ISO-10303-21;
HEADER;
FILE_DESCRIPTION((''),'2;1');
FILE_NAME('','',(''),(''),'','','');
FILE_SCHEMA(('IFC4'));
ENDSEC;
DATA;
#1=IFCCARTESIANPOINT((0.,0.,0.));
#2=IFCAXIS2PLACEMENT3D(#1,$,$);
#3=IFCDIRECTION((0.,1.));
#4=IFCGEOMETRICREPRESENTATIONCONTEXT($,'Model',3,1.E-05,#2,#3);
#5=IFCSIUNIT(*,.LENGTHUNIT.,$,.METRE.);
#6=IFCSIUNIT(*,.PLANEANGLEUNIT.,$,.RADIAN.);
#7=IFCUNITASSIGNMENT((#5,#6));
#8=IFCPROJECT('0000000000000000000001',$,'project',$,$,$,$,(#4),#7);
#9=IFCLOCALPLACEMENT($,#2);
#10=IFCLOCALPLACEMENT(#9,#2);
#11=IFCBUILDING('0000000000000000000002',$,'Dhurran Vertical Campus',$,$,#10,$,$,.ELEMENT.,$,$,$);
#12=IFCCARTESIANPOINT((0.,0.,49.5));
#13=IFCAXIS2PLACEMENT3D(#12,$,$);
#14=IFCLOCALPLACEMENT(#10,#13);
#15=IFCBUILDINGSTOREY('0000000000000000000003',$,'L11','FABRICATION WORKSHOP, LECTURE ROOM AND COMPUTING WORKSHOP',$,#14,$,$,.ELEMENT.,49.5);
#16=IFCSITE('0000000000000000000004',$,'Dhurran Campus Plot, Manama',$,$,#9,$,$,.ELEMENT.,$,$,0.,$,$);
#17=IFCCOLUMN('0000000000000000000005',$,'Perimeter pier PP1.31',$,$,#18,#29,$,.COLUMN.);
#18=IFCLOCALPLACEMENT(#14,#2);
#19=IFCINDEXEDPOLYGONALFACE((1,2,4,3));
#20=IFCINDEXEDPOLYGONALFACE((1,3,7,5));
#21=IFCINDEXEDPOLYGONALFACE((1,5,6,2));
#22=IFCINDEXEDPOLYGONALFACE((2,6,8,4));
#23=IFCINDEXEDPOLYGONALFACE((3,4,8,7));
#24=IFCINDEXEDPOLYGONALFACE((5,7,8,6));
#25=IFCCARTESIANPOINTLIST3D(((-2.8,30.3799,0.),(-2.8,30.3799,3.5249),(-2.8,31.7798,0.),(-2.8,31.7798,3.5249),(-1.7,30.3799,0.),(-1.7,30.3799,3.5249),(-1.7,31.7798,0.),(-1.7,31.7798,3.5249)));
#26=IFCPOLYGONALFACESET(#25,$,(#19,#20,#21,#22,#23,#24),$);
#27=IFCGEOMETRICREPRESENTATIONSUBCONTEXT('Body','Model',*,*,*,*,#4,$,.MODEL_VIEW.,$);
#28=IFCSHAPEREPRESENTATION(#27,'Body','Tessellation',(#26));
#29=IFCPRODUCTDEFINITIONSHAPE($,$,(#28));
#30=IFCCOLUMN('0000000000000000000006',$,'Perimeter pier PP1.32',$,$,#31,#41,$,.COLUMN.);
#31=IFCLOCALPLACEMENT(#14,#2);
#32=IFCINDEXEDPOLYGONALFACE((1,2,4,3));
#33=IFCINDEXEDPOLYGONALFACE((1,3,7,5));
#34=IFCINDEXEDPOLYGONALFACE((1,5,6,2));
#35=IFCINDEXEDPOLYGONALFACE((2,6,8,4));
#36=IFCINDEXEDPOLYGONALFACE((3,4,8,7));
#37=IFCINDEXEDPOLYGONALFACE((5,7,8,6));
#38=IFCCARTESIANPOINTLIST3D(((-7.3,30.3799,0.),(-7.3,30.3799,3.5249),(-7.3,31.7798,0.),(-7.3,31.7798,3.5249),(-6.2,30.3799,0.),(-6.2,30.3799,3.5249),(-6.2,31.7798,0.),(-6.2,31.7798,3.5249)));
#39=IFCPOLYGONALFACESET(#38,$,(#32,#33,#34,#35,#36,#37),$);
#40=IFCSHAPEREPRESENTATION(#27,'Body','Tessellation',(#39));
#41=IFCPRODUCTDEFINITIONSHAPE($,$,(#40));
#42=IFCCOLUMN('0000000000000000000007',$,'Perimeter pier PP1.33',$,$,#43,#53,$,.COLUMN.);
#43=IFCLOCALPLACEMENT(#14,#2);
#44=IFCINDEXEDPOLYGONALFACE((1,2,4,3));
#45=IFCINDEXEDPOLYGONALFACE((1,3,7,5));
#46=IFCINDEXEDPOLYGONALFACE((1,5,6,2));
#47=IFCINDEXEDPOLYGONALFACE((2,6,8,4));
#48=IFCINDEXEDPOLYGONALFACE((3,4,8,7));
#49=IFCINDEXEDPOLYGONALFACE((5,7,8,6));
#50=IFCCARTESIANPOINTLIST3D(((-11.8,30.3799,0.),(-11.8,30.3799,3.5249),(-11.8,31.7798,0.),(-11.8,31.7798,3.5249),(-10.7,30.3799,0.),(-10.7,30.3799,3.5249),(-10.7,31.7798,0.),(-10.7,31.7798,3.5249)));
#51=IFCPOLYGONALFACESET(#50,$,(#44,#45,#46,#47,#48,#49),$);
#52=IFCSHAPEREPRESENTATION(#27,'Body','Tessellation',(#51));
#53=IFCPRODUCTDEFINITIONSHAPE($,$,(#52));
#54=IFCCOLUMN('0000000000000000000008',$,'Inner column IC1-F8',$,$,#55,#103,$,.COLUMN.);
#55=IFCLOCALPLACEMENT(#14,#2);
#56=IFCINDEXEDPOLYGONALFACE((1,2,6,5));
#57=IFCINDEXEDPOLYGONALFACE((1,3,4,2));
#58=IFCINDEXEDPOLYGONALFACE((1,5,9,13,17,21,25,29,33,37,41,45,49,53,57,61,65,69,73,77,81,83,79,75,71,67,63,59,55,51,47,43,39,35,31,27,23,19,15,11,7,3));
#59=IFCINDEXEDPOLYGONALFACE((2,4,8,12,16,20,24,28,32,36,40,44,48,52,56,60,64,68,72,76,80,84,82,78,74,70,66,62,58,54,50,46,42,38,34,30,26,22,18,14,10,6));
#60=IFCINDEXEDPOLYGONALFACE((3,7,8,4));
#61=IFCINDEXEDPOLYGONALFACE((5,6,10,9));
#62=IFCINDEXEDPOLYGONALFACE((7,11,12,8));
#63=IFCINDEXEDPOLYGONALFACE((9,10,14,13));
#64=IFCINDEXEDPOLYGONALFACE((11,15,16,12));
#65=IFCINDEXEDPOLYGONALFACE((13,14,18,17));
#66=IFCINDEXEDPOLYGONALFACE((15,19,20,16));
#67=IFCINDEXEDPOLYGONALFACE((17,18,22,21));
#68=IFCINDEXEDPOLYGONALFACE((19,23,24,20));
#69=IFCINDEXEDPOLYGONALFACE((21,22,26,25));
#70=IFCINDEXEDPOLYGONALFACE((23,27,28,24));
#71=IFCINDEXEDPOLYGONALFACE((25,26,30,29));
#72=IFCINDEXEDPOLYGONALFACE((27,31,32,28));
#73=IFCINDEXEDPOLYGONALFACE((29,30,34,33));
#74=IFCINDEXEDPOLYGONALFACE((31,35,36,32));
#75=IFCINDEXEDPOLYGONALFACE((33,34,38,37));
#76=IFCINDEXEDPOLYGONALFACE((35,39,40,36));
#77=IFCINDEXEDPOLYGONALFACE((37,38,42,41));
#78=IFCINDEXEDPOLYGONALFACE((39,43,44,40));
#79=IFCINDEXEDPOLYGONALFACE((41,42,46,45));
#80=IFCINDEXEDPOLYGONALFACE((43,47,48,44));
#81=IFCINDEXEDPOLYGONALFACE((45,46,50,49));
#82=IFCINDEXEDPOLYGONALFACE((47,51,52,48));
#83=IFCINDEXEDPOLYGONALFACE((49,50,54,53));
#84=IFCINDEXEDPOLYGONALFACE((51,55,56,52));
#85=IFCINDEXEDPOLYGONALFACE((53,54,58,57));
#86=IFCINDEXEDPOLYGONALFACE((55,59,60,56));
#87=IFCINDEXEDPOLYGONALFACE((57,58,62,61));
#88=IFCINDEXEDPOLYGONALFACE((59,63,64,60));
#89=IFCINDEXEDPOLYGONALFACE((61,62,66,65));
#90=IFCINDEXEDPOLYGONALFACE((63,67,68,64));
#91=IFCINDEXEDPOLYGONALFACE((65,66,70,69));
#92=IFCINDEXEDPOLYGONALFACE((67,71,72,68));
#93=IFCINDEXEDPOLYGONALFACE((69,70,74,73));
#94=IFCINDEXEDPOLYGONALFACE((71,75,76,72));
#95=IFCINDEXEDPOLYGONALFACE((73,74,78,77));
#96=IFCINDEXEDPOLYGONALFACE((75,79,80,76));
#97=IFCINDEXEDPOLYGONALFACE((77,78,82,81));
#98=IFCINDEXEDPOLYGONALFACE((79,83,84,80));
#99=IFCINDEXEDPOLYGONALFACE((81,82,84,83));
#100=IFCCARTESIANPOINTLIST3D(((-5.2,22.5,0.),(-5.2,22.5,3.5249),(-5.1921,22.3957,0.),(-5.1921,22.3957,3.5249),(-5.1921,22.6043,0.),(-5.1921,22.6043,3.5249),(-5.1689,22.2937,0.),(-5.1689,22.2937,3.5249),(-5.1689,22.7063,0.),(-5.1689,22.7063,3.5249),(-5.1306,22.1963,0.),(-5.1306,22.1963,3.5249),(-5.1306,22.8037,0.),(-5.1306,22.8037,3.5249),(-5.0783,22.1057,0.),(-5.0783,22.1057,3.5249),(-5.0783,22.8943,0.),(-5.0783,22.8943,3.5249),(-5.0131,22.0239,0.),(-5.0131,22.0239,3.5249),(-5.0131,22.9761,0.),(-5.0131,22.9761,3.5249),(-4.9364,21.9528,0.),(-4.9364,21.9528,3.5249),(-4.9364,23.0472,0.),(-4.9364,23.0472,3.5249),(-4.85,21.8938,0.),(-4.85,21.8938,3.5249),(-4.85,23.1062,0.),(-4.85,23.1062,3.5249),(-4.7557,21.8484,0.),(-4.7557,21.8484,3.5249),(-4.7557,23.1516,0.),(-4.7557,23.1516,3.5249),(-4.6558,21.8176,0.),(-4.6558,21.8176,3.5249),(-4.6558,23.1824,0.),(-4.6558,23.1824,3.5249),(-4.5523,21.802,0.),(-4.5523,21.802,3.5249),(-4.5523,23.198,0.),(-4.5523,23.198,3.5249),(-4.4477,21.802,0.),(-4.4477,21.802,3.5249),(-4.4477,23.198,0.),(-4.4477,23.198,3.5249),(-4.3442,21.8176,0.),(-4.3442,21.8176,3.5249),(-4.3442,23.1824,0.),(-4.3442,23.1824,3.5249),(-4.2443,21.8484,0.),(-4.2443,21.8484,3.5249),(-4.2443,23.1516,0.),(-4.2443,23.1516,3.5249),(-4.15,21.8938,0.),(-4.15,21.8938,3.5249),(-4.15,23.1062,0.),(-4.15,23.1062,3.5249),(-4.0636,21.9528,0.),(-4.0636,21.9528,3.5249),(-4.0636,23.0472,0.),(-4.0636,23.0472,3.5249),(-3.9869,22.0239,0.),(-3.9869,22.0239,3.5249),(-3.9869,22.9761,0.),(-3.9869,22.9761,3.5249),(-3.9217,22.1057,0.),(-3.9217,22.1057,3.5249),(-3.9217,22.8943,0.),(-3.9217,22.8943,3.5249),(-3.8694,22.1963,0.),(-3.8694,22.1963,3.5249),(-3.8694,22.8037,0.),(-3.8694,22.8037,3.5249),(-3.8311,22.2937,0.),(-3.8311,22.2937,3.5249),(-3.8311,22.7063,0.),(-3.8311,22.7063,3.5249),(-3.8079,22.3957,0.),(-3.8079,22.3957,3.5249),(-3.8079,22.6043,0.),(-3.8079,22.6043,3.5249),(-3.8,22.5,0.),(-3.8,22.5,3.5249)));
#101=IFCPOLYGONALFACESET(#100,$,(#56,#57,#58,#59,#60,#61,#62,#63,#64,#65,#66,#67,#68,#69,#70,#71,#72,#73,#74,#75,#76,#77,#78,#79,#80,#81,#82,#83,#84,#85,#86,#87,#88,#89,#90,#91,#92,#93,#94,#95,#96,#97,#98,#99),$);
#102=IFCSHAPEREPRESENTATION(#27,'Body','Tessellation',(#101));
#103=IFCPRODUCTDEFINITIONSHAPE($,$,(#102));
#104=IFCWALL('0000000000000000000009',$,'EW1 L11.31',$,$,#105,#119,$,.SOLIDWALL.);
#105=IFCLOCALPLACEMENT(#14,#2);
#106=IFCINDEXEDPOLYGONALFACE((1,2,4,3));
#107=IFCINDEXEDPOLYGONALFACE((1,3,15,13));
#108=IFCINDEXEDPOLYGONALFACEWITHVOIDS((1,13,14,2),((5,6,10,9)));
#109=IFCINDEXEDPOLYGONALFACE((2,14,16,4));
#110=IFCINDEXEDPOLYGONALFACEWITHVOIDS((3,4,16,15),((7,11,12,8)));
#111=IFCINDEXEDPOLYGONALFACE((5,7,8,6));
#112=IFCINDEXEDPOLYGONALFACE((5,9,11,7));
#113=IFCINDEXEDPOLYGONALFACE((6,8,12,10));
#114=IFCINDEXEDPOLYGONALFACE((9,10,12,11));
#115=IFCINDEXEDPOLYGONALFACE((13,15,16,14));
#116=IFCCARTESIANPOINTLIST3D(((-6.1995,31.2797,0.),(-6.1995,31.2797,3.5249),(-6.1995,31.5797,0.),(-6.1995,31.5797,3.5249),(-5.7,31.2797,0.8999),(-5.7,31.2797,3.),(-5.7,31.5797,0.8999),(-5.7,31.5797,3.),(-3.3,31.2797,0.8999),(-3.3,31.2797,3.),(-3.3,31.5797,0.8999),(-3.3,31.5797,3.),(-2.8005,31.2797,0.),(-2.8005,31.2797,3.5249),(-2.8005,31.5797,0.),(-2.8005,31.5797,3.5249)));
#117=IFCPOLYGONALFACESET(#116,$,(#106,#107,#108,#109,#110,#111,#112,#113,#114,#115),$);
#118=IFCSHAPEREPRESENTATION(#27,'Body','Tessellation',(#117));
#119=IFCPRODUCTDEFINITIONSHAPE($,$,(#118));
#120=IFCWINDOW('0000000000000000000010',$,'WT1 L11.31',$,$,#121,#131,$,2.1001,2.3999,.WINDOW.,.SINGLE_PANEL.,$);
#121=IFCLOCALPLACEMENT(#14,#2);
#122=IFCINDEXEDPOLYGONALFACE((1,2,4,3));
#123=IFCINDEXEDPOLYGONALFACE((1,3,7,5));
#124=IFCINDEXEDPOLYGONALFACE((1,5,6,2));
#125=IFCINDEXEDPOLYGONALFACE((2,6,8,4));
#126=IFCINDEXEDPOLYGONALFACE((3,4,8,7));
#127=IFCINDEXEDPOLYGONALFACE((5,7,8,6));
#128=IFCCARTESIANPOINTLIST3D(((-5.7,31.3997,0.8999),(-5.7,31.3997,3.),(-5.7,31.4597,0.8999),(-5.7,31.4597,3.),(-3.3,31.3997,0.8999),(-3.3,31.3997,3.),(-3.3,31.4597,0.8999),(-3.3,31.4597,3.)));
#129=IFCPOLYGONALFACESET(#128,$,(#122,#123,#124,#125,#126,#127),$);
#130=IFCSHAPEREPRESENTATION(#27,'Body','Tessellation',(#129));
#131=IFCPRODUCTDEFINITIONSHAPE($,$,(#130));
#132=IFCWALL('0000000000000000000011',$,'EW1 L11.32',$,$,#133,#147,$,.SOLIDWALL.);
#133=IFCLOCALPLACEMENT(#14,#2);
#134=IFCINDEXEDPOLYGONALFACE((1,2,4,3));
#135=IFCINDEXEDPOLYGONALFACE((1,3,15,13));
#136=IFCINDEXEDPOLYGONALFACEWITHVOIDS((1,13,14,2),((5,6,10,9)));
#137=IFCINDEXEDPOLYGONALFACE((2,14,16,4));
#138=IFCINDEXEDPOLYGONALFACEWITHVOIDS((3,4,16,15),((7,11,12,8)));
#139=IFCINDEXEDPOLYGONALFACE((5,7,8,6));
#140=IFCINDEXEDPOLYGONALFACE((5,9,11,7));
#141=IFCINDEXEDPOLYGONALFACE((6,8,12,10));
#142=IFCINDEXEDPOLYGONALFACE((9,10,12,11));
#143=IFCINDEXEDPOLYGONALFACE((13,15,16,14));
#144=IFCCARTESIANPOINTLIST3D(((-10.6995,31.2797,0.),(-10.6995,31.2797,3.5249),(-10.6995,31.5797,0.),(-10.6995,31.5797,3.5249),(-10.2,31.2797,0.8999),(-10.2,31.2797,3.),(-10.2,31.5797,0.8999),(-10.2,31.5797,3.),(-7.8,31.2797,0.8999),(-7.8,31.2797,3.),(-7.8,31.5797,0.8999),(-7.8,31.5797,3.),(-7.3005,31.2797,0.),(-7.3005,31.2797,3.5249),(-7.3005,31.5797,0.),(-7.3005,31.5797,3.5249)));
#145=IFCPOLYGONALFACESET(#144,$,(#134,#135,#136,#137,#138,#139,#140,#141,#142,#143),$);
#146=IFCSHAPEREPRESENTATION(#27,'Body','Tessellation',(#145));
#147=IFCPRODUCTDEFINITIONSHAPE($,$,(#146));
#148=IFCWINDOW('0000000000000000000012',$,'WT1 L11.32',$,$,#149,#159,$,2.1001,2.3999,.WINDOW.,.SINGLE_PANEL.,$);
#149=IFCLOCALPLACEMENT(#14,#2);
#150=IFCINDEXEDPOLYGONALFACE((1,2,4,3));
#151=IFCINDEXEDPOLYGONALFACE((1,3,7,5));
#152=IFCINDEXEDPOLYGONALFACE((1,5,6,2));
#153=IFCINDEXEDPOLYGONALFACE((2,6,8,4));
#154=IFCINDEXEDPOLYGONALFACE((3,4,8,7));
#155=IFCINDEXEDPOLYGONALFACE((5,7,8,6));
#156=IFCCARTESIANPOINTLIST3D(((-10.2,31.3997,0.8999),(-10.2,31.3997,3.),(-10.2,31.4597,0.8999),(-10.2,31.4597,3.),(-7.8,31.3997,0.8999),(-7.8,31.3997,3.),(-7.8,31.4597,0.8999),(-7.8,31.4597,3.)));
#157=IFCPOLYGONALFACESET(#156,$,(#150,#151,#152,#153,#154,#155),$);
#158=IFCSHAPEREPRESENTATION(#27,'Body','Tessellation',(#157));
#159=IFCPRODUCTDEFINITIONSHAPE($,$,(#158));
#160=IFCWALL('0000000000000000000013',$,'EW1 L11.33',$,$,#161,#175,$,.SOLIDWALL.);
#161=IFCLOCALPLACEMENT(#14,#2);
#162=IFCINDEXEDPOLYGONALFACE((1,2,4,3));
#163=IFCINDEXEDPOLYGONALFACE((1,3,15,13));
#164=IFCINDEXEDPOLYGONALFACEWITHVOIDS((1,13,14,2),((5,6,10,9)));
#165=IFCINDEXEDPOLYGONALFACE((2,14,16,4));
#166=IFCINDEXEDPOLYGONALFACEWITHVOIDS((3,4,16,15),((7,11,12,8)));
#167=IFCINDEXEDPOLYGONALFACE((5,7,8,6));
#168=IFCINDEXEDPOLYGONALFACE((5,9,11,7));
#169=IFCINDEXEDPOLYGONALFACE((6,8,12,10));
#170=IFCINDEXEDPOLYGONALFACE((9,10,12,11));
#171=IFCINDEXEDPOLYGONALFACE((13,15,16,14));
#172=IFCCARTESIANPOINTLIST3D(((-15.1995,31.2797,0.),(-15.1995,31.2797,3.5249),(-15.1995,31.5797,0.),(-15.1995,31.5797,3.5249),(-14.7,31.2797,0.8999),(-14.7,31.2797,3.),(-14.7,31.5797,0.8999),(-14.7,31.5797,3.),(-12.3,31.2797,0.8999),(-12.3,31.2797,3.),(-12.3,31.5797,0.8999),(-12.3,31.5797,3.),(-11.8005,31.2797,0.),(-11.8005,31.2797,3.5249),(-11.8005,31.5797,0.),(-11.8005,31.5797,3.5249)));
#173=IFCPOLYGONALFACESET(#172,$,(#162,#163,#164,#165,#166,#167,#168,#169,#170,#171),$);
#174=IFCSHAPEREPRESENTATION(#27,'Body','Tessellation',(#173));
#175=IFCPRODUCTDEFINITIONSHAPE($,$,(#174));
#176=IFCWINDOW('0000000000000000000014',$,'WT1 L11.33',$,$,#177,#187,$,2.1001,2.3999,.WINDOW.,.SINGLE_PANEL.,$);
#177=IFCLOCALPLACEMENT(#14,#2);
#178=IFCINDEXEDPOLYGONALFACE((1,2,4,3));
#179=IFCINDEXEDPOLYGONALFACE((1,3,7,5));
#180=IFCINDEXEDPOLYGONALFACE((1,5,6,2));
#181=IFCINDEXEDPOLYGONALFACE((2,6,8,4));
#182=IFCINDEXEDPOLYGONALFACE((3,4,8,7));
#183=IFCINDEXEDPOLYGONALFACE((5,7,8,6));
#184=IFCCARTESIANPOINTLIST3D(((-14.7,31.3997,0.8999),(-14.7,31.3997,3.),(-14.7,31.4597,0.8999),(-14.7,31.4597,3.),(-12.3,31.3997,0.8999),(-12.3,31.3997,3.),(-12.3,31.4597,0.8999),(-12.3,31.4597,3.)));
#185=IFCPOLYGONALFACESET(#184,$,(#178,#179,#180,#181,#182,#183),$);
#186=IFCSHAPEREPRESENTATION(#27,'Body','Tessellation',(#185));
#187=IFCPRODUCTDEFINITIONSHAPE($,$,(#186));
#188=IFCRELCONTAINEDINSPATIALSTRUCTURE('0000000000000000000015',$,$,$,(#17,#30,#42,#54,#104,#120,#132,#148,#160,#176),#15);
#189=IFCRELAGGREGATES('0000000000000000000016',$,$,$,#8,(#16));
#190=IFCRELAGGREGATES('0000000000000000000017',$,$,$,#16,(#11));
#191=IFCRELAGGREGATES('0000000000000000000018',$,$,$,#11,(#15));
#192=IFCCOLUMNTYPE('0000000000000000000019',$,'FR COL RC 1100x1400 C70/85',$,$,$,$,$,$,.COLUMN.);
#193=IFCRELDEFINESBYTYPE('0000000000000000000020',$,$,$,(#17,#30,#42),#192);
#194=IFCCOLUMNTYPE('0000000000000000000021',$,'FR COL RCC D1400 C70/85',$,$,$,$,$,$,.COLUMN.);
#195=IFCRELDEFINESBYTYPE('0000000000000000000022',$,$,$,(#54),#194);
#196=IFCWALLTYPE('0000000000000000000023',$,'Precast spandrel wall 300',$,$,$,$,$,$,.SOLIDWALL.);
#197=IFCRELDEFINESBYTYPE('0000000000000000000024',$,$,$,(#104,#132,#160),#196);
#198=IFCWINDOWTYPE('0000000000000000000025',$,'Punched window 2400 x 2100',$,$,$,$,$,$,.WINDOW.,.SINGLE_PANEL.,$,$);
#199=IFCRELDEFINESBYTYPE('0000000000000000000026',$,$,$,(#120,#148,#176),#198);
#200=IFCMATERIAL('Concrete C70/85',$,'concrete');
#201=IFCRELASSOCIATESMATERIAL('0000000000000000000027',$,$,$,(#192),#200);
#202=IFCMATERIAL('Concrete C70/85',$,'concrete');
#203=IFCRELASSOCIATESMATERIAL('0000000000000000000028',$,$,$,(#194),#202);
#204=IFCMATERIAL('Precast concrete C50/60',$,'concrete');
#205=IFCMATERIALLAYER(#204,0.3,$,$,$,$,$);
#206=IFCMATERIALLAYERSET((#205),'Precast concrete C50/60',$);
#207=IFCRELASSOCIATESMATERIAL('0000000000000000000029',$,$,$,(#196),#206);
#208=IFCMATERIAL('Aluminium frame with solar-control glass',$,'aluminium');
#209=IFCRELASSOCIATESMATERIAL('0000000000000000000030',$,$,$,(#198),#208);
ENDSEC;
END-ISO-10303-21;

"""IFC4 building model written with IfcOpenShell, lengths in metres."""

from ifc_helpers import new_model, si_unit, direction, frame, frame_2d, origin, origin_2d, place, context, subcontext, project, spatial, rectangle, circle, extrude, material, layer, layer_set, material_profile, profile_set, type_object, element, fill, save


model = new_model("IFC4")

# Units and contexts
model_context = context("Model", 3, precision=1e-05, world=origin(), true_north=direction((0.0, 1.0)))
body_context = subcontext(model_context, "Body", "Model", "MODEL_VIEW")
ifc_project = project(units=[si_unit("LENGTHUNIT", "METRE"), si_unit("PLANEANGLEUNIT", "RADIAN")], contexts=[model_context])

# Site, building, storey
site_placement = place(None, origin())
site = spatial("IfcSite", under=ifc_project, at=site_placement, Name="Dhurran Campus Plot, Manama", CompositionType="ELEMENT", RefElevation=0.0)
building_placement = place(site_placement, origin())
building = spatial("IfcBuilding", under=site, at=building_placement, Name="Dhurran Vertical Campus", CompositionType="ELEMENT")
storey_placement = place(building_placement, frame((0.0, 0.0, 49.5)))
storey = spatial("IfcBuildingStorey", under=building, at=storey_placement, Name="L11", Description="FABRICATION WORKSHOP, LECTURE ROOM AND COMPUTING WORKSHOP", CompositionType="ELEMENT", Elevation=49.5)

# Columns
ifc_material_1 = material(Name="Concrete C70/85", Category="concrete")
ifc_material_profile_1 = material_profile(ifc_material_1, rectangle(XDim=1.1001, YDim=1.3999, at=origin_2d()), Name="RC 1100x1400")
ifc_profile_set_1 = profile_set([ifc_material_profile_1], Name="Concrete C70/85")
column_type_1 = type_object("IfcColumnType", Name="FR COL RC 1100x1400 C70/85", PredefinedType="COLUMN", material=ifc_profile_set_1)
for number, where, z_axis, x_axis, name in (
    (1, (-2.25, 31.0798, 0.0), (0.0, 0.0, 1.0), (-1.0, 0.0, 0.0), "Perimeter pier PP1.31"),
    (2, (-6.75, 31.0798, 0.0), (0.0, 0.0, 1.0), (-1.0, 0.0, 0.0), "Perimeter pier PP1.32"),
    (3, (-11.25, 31.0798, 0.0), (0.0, 0.0, 1.0), (-1.0, 0.0, 0.0), "Perimeter pier PP1.33"),
):
    element("IfcColumn", number, at=place(storey_placement, frame(where, z_axis=z_axis, x_axis=x_axis)), inside=storey, type_object=column_type_1, Name=name, PredefinedType="COLUMN", context=body_context, shape_type="SweptSolid", body=[
        extrude(rectangle(XDim=1.1001, YDim=1.3999, at=origin_2d()), origin(), (0.0, 0.0, 1.0), 3.5249),
    ])
ifc_material_2 = material(Name="Concrete C70/85", Category="concrete")
ifc_material_profile_2 = material_profile(ifc_material_2, circle(Radius=0.7, at=origin_2d()), Name="RCC D1400")
ifc_profile_set_2 = profile_set([ifc_material_profile_2], Name="Concrete C70/85")
column_type_2 = type_object("IfcColumnType", Name="FR COL RCC D1400 C70/85", PredefinedType="COLUMN", material=ifc_profile_set_2)
column_placement = place(storey_placement, frame((-4.5, 22.5, 0.0), z_axis=(0.0, 0.0, 1.0), x_axis=(1.0, 0.0, 0.0)))
element("IfcColumn", 4, at=column_placement, inside=storey, type_object=column_type_2, Name="Inner column IC1-F8", PredefinedType="COLUMN", context=body_context, shape_type="SweptSolid", body=[
    extrude(circle(Radius=0.7, at=origin_2d()), origin(), (0.0, 0.0, 1.0), 3.5249),
])

# Walls, openings, windows
ifc_material_3 = material(Name="Precast concrete C50/60", Category="concrete")
ifc_layer_1 = layer(ifc_material_3, 0.3)
ifc_layer_set_1 = layer_set([ifc_layer_1], Name="Precast concrete C50/60")
wall_type_1 = type_object("IfcWallType", Name="Precast spandrel wall 300", PredefinedType="SOLIDWALL", material=ifc_layer_set_1)
wall_1_placement = place(storey_placement, frame((-2.8005, 31.4297, 0.0), z_axis=(0.0, 0.0, 1.0), x_axis=(-1.0, 0.0, 0.0)))
wall_1 = element("IfcWall", 5, at=wall_1_placement, inside=storey, type_object=wall_type_1, Name="EW1 L11.31", PredefinedType="SOLIDWALL", context=body_context, shape_type="SweptSolid", body=[
    extrude(rectangle(XDim=3.3989, YDim=0.3, at=frame_2d((1.6995, 0.0))), origin(), (0.0, 0.0, 1.0), 3.5249),
])
opening_1_placement = place(wall_1_placement, frame((0.4995, 0.0, 0.8999)))
opening_1 = element("IfcOpeningElement", 6, at=opening_1_placement, cuts=wall_1, PredefinedType="OPENING", context=body_context, shape_type="SweptSolid", body=[
    extrude(rectangle(XDim=2.3999, YDim=2.1001, at=frame_2d((1.2, 1.05))), frame((0.0, 0.1599, 0.0), z_axis=(0.0, -1.0, 0.0), x_axis=(1.0, 0.0, 0.0)), (0.0, 0.0, 1.0), 0.3201),
])
ifc_material_4 = material(Name="Aluminium frame with solar-control glass", Category="aluminium")
window_type = type_object("IfcWindowType", Name="Punched window 2400 x 2100", PartitioningType="SINGLE_PANEL", PredefinedType="WINDOW", material=ifc_material_4)
window_1_placement = place(opening_1_placement, origin())
window_1 = element("IfcWindow", 7, at=window_1_placement, inside=storey, type_object=window_type, Name="WT1 L11.31", OverallHeight=2.1001, OverallWidth=2.3999, PartitioningType="SINGLE_PANEL", PredefinedType="WINDOW", context=body_context, shape_type="SweptSolid", body=[
    extrude(rectangle(XDim=2.3999, YDim=2.1001, at=frame_2d((1.2, 1.05))), frame((0.0, 0.03, 0.0), z_axis=(0.0, -1.0, 0.0), x_axis=(1.0, 0.0, 0.0)), (0.0, 0.0, 1.0), 0.0601),
])
fill(opening_1, window_1)
wall_2_placement = place(storey_placement, frame((-7.3005, 31.4297, 0.0), z_axis=(0.0, 0.0, 1.0), x_axis=(-1.0, 0.0, 0.0)))
wall_2 = element("IfcWall", 8, at=wall_2_placement, inside=storey, type_object=wall_type_1, Name="EW1 L11.32", PredefinedType="SOLIDWALL", context=body_context, shape_type="SweptSolid", body=[
    extrude(rectangle(XDim=3.3989, YDim=0.3, at=frame_2d((1.6995, 0.0))), origin(), (0.0, 0.0, 1.0), 3.5249),
])
opening_2_placement = place(wall_2_placement, frame((0.4995, 0.0, 0.8999)))
opening_2 = element("IfcOpeningElement", 9, at=opening_2_placement, cuts=wall_2, PredefinedType="OPENING", context=body_context, shape_type="SweptSolid", body=[
    extrude(rectangle(XDim=2.3999, YDim=2.1001, at=frame_2d((1.2, 1.05))), frame((0.0, 0.1599, 0.0), z_axis=(0.0, -1.0, 0.0), x_axis=(1.0, 0.0, 0.0)), (0.0, 0.0, 1.0), 0.3201),
])
window_2_placement = place(opening_2_placement, origin())
window_2 = element("IfcWindow", 10, at=window_2_placement, inside=storey, type_object=window_type, Name="WT1 L11.32", OverallHeight=2.1001, OverallWidth=2.3999, PartitioningType="SINGLE_PANEL", PredefinedType="WINDOW", context=body_context, shape_type="SweptSolid", body=[
    extrude(rectangle(XDim=2.3999, YDim=2.1001, at=frame_2d((1.2, 1.05))), frame((0.0, 0.03, 0.0), z_axis=(0.0, -1.0, 0.0), x_axis=(1.0, 0.0, 0.0)), (0.0, 0.0, 1.0), 0.0601),
])
fill(opening_2, window_2)
wall_3_placement = place(storey_placement, frame((-11.8005, 31.4297, 0.0), z_axis=(0.0, 0.0, 1.0), x_axis=(-1.0, 0.0, 0.0)))
wall_3 = element("IfcWall", 11, at=wall_3_placement, inside=storey, type_object=wall_type_1, Name="EW1 L11.33", PredefinedType="SOLIDWALL", context=body_context, shape_type="SweptSolid", body=[
    extrude(rectangle(XDim=3.3989, YDim=0.3, at=frame_2d((1.6995, 0.0))), origin(), (0.0, 0.0, 1.0), 3.5249),
])
opening_3_placement = place(wall_3_placement, frame((0.4995, 0.0, 0.8999)))
opening_3 = element("IfcOpeningElement", 12, at=opening_3_placement, cuts=wall_3, PredefinedType="OPENING", context=body_context, shape_type="SweptSolid", body=[
    extrude(rectangle(XDim=2.3999, YDim=2.1001, at=frame_2d((1.2, 1.05))), frame((0.0, 0.1599, 0.0), z_axis=(0.0, -1.0, 0.0), x_axis=(1.0, 0.0, 0.0)), (0.0, 0.0, 1.0), 0.3201),
])
window_3_placement = place(opening_3_placement, origin())
window_3 = element("IfcWindow", 13, at=window_3_placement, inside=storey, type_object=window_type, Name="WT1 L11.33", OverallHeight=2.1001, OverallWidth=2.3999, PartitioningType="SINGLE_PANEL", PredefinedType="WINDOW", context=body_context, shape_type="SweptSolid", body=[
    extrude(rectangle(XDim=2.3999, YDim=2.1001, at=frame_2d((1.2, 1.05))), frame((0.0, 0.03, 0.0), z_axis=(0.0, -1.0, 0.0), x_axis=(1.0, 0.0, 0.0)), (0.0, 0.0, 1.0), 0.0601),
])
fill(opening_3, window_3)

save(model, "model.ifc")
